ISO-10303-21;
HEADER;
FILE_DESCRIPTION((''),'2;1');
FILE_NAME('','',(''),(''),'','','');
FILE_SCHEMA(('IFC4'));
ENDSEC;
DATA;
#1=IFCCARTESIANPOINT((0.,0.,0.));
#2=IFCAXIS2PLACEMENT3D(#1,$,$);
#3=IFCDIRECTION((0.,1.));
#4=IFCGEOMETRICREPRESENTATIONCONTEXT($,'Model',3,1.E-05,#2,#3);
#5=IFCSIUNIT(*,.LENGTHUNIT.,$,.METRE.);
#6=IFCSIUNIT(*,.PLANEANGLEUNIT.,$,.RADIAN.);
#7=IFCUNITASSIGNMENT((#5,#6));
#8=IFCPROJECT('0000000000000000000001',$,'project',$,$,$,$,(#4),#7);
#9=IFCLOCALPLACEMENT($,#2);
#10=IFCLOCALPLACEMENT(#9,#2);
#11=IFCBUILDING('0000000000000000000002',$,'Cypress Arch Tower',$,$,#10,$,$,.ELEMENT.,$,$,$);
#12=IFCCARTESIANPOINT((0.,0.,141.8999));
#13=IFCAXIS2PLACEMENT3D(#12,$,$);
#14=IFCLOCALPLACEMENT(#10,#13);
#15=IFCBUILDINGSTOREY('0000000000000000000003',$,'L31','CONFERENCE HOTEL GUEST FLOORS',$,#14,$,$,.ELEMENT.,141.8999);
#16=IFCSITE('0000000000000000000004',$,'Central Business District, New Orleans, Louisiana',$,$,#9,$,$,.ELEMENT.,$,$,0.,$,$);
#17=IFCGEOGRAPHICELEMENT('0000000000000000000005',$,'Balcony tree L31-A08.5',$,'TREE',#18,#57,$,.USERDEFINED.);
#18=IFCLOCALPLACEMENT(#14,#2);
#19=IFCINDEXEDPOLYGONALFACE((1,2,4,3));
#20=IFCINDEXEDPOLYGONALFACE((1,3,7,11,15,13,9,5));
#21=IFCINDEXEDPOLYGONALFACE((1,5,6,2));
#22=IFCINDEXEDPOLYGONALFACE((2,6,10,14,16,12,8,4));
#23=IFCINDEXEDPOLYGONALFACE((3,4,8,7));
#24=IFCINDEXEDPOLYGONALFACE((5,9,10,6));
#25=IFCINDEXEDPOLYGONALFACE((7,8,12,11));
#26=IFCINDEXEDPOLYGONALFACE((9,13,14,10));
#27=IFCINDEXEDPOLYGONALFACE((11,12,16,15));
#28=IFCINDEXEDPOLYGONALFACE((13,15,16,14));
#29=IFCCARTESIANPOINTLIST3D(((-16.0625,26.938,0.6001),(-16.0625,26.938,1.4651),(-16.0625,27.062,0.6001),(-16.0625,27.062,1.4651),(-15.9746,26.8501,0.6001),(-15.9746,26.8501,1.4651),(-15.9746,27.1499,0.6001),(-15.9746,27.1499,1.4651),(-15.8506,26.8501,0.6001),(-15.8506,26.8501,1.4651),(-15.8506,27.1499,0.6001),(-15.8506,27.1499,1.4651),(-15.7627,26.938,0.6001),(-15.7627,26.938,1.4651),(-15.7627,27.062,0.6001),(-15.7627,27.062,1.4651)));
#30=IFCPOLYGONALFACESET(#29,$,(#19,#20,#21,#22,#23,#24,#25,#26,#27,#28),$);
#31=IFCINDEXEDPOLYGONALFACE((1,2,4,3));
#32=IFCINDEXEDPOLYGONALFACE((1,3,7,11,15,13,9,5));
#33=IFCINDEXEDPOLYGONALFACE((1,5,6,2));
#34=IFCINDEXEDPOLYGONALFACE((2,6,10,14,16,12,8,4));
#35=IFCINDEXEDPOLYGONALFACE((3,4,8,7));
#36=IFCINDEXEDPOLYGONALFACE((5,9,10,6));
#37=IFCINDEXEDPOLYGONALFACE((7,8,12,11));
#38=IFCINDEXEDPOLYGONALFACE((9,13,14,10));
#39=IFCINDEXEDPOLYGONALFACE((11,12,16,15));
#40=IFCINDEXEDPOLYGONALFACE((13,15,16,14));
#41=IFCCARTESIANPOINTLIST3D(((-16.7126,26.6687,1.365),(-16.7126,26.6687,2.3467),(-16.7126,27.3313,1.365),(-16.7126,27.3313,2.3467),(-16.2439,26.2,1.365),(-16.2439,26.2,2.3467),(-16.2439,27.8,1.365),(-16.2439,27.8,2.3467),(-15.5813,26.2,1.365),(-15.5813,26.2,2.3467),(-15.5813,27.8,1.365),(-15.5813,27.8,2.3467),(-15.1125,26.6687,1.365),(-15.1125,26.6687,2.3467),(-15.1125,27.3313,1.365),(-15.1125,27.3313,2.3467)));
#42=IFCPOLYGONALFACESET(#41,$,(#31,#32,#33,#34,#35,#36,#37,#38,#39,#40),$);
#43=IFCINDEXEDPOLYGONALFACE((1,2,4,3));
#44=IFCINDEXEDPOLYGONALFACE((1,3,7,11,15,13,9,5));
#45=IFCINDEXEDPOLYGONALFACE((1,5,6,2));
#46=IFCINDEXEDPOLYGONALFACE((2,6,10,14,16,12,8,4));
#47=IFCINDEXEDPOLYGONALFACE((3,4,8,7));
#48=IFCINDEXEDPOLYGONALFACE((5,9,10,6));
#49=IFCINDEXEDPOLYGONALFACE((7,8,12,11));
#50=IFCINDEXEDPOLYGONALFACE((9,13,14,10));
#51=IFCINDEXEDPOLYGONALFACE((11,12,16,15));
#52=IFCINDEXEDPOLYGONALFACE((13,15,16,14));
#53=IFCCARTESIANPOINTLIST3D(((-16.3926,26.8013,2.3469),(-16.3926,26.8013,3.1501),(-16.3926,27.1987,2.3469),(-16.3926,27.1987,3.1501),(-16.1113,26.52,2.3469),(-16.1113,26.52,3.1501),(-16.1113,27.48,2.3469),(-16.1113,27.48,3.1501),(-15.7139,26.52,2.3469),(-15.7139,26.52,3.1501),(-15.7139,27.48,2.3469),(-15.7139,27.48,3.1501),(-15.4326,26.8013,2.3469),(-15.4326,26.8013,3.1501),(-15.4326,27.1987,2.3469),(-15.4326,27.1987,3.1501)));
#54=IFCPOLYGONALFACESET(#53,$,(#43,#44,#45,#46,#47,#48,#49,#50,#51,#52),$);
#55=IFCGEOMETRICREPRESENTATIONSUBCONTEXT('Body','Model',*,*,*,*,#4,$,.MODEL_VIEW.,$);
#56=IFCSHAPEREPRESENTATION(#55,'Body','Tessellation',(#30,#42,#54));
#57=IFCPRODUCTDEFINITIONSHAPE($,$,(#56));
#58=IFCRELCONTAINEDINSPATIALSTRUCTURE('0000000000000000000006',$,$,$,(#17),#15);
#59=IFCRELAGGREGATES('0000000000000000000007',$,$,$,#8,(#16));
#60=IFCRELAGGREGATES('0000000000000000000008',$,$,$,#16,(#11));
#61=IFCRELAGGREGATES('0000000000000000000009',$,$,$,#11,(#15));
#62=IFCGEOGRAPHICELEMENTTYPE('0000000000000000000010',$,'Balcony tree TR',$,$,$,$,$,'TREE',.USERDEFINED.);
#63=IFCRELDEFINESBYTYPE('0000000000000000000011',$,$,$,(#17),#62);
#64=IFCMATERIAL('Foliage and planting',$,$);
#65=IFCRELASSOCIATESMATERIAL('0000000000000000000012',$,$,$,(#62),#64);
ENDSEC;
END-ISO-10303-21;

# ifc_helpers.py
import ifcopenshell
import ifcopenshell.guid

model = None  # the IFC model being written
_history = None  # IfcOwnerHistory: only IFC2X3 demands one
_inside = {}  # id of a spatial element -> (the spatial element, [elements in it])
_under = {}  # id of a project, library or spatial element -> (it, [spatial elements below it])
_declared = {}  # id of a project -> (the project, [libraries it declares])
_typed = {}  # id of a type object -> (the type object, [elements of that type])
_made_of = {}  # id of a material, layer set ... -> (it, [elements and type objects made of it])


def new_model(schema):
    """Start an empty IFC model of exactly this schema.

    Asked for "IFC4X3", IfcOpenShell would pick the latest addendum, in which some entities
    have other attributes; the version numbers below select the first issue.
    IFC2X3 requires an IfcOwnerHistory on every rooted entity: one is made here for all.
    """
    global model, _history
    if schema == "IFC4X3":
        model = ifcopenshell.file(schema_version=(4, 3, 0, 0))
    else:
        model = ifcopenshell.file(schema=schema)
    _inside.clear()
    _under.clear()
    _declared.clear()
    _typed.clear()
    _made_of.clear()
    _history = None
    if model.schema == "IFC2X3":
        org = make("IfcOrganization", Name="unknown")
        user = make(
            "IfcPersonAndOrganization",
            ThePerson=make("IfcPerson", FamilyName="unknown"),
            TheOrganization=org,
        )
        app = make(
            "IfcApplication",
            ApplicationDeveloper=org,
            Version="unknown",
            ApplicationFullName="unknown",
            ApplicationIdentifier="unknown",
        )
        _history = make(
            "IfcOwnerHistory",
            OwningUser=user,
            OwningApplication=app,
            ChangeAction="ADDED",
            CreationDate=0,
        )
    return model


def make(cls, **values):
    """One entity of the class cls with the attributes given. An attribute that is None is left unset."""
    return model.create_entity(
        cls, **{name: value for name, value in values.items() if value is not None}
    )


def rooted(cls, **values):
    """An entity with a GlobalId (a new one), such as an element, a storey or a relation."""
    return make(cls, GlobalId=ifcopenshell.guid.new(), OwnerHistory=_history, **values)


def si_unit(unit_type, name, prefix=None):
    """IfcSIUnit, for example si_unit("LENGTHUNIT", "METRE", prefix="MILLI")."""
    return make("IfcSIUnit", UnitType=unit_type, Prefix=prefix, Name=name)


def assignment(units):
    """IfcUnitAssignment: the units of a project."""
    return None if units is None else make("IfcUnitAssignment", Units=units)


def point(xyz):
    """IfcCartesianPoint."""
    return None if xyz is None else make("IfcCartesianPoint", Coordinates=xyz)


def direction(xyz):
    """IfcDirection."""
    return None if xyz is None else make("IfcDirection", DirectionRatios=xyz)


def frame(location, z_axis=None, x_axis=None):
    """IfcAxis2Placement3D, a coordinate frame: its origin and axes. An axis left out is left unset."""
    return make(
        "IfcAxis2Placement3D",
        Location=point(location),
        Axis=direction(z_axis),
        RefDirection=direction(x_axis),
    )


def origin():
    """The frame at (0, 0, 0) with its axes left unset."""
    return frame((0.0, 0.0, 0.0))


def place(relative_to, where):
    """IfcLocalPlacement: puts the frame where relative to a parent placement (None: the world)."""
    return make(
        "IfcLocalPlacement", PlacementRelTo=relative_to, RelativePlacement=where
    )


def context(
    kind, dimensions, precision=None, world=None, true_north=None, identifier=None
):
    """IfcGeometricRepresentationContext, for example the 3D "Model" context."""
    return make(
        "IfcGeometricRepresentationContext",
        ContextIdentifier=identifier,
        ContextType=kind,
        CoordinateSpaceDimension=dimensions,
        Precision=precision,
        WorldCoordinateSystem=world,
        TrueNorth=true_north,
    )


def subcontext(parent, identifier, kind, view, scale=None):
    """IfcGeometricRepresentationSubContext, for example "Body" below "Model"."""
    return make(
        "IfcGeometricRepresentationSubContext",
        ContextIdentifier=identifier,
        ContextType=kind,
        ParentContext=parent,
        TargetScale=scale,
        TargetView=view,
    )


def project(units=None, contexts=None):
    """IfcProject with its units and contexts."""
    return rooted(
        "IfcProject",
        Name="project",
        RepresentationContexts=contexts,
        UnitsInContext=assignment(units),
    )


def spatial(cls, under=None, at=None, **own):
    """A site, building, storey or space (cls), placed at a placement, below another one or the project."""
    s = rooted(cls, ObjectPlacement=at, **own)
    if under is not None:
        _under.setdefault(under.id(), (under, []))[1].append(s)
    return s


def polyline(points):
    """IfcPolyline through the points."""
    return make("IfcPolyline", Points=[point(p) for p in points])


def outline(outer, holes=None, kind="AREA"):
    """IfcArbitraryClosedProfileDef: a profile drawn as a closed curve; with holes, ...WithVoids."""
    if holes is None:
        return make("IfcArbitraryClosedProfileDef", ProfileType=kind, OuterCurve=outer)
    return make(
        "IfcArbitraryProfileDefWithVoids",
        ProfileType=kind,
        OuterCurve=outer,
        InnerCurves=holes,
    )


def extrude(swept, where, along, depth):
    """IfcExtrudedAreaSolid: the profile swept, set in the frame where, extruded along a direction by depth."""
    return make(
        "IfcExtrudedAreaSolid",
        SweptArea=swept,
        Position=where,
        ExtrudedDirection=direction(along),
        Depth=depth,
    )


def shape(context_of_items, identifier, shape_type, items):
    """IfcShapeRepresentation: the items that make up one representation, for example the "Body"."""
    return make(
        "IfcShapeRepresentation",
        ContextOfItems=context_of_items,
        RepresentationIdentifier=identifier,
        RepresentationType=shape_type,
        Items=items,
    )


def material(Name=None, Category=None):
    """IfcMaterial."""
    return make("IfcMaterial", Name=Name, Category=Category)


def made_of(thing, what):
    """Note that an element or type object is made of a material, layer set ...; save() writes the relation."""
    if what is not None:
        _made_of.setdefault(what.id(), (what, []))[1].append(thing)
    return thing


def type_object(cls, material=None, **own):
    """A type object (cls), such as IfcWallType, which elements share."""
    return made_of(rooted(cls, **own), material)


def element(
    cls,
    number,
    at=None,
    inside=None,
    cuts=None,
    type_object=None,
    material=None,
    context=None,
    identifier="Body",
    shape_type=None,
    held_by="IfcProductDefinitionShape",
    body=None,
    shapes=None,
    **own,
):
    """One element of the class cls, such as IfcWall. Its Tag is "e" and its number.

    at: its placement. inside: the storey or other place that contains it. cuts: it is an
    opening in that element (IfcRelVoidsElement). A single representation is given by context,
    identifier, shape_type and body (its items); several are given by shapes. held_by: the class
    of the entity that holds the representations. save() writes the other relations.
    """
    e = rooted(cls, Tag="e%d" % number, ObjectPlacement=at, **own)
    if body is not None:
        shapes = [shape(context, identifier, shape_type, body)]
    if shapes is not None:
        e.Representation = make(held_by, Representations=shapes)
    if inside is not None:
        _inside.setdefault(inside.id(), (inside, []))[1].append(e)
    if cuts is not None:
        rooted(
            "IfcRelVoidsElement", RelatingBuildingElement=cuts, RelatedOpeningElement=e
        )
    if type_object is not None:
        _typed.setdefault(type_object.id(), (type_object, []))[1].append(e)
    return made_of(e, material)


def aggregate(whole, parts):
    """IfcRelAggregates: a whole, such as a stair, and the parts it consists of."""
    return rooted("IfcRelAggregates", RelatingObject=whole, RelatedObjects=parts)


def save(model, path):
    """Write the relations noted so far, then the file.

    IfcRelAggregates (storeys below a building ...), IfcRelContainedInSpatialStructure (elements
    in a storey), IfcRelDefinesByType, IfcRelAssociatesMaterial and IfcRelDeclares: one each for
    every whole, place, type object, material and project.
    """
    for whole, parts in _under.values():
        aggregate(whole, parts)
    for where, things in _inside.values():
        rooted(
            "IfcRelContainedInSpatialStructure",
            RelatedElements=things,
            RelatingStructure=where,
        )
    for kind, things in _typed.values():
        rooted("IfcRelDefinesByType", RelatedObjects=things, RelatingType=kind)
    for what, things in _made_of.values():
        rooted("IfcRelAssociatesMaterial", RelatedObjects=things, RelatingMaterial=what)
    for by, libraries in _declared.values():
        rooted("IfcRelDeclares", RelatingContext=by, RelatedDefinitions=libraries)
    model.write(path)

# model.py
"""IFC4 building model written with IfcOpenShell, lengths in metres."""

from ifc_helpers import new_model, si_unit, direction, frame, origin, place, context, subcontext, project, spatial, polyline, outline, extrude, material, type_object, element, save


model = new_model("IFC4")

# Units and contexts
model_context = context("Model", 3, precision=1e-05, world=origin(), true_north=direction((0.0, 1.0)))
body_context = subcontext(model_context, "Body", "Model", "MODEL_VIEW")
ifc_project = project(units=[si_unit("LENGTHUNIT", "METRE"), si_unit("PLANEANGLEUNIT", "RADIAN")], contexts=[model_context])

# Site, building, storey
site_placement = place(None, origin())
site = spatial("IfcSite", under=ifc_project, at=site_placement, Name="Central Business District, New Orleans, Louisiana", CompositionType="ELEMENT", RefElevation=0.0)
building_placement = place(site_placement, origin())
building = spatial("IfcBuilding", under=site, at=building_placement, Name="Cypress Arch Tower", CompositionType="ELEMENT")
storey_placement = place(building_placement, frame((0.0, 0.0, 141.8999)))
storey = spatial("IfcBuildingStorey", under=building, at=storey_placement, Name="L31", Description="CONFERENCE HOTEL GUEST FLOORS", CompositionType="ELEMENT", Elevation=141.8999)

# Geographic element
ifc_material_1 = material(Name="Foliage and planting")
geographic_element_type = type_object("IfcGeographicElementType", Name="Balcony tree TR", ElementType="TREE", PredefinedType="USERDEFINED", material=ifc_material_1)
geographic_element_placement = place(storey_placement, frame((-15.9126, 27.0, 0.6001), z_axis=(0.0, 0.0, 1.0), x_axis=(1.0, 0.0, 0.0)))
element("IfcGeographicElement", 1, at=geographic_element_placement, inside=storey, type_object=geographic_element_type, Name="Balcony tree L31-A08.5", ObjectType="TREE", PredefinedType="USERDEFINED", context=body_context, shape_type="SweptSolid", body=[
    extrude(outline(polyline([(0.1499, 0.062), (0.062, 0.1499), (-0.062, 0.1499), (-0.1499, 0.062), (-0.1499, -0.062), (-0.062, -0.1499), (0.062, -0.1499), (0.1499, -0.062), (0.1499, 0.062)])), origin(), (0.0, 0.0, 1.0), 0.865),
    extrude(outline(polyline([(0.8, 0.3313), (0.3313, 0.8), (-0.3313, 0.8), (-0.8, 0.3313), (-0.8, -0.3313), (-0.3313, -0.8), (0.3313, -0.8), (0.8, -0.3313), (0.8, 0.3313)])), frame((0.0, 0.0, 0.7649)), (0.0, 0.0, 1.0), 0.9817),
    extrude(outline(polyline([(0.48, 0.1987), (0.1987, 0.48), (-0.1987, 0.48), (-0.48, 0.1987), (-0.48, -0.1987), (-0.1987, -0.48), (0.1987, -0.48), (0.48, -0.1987), (0.48, 0.1987)])), frame((0.0, 0.0, 1.7468)), (0.0, 0.0, 1.0), 0.8032),
])

save(model, "model.ifc")
